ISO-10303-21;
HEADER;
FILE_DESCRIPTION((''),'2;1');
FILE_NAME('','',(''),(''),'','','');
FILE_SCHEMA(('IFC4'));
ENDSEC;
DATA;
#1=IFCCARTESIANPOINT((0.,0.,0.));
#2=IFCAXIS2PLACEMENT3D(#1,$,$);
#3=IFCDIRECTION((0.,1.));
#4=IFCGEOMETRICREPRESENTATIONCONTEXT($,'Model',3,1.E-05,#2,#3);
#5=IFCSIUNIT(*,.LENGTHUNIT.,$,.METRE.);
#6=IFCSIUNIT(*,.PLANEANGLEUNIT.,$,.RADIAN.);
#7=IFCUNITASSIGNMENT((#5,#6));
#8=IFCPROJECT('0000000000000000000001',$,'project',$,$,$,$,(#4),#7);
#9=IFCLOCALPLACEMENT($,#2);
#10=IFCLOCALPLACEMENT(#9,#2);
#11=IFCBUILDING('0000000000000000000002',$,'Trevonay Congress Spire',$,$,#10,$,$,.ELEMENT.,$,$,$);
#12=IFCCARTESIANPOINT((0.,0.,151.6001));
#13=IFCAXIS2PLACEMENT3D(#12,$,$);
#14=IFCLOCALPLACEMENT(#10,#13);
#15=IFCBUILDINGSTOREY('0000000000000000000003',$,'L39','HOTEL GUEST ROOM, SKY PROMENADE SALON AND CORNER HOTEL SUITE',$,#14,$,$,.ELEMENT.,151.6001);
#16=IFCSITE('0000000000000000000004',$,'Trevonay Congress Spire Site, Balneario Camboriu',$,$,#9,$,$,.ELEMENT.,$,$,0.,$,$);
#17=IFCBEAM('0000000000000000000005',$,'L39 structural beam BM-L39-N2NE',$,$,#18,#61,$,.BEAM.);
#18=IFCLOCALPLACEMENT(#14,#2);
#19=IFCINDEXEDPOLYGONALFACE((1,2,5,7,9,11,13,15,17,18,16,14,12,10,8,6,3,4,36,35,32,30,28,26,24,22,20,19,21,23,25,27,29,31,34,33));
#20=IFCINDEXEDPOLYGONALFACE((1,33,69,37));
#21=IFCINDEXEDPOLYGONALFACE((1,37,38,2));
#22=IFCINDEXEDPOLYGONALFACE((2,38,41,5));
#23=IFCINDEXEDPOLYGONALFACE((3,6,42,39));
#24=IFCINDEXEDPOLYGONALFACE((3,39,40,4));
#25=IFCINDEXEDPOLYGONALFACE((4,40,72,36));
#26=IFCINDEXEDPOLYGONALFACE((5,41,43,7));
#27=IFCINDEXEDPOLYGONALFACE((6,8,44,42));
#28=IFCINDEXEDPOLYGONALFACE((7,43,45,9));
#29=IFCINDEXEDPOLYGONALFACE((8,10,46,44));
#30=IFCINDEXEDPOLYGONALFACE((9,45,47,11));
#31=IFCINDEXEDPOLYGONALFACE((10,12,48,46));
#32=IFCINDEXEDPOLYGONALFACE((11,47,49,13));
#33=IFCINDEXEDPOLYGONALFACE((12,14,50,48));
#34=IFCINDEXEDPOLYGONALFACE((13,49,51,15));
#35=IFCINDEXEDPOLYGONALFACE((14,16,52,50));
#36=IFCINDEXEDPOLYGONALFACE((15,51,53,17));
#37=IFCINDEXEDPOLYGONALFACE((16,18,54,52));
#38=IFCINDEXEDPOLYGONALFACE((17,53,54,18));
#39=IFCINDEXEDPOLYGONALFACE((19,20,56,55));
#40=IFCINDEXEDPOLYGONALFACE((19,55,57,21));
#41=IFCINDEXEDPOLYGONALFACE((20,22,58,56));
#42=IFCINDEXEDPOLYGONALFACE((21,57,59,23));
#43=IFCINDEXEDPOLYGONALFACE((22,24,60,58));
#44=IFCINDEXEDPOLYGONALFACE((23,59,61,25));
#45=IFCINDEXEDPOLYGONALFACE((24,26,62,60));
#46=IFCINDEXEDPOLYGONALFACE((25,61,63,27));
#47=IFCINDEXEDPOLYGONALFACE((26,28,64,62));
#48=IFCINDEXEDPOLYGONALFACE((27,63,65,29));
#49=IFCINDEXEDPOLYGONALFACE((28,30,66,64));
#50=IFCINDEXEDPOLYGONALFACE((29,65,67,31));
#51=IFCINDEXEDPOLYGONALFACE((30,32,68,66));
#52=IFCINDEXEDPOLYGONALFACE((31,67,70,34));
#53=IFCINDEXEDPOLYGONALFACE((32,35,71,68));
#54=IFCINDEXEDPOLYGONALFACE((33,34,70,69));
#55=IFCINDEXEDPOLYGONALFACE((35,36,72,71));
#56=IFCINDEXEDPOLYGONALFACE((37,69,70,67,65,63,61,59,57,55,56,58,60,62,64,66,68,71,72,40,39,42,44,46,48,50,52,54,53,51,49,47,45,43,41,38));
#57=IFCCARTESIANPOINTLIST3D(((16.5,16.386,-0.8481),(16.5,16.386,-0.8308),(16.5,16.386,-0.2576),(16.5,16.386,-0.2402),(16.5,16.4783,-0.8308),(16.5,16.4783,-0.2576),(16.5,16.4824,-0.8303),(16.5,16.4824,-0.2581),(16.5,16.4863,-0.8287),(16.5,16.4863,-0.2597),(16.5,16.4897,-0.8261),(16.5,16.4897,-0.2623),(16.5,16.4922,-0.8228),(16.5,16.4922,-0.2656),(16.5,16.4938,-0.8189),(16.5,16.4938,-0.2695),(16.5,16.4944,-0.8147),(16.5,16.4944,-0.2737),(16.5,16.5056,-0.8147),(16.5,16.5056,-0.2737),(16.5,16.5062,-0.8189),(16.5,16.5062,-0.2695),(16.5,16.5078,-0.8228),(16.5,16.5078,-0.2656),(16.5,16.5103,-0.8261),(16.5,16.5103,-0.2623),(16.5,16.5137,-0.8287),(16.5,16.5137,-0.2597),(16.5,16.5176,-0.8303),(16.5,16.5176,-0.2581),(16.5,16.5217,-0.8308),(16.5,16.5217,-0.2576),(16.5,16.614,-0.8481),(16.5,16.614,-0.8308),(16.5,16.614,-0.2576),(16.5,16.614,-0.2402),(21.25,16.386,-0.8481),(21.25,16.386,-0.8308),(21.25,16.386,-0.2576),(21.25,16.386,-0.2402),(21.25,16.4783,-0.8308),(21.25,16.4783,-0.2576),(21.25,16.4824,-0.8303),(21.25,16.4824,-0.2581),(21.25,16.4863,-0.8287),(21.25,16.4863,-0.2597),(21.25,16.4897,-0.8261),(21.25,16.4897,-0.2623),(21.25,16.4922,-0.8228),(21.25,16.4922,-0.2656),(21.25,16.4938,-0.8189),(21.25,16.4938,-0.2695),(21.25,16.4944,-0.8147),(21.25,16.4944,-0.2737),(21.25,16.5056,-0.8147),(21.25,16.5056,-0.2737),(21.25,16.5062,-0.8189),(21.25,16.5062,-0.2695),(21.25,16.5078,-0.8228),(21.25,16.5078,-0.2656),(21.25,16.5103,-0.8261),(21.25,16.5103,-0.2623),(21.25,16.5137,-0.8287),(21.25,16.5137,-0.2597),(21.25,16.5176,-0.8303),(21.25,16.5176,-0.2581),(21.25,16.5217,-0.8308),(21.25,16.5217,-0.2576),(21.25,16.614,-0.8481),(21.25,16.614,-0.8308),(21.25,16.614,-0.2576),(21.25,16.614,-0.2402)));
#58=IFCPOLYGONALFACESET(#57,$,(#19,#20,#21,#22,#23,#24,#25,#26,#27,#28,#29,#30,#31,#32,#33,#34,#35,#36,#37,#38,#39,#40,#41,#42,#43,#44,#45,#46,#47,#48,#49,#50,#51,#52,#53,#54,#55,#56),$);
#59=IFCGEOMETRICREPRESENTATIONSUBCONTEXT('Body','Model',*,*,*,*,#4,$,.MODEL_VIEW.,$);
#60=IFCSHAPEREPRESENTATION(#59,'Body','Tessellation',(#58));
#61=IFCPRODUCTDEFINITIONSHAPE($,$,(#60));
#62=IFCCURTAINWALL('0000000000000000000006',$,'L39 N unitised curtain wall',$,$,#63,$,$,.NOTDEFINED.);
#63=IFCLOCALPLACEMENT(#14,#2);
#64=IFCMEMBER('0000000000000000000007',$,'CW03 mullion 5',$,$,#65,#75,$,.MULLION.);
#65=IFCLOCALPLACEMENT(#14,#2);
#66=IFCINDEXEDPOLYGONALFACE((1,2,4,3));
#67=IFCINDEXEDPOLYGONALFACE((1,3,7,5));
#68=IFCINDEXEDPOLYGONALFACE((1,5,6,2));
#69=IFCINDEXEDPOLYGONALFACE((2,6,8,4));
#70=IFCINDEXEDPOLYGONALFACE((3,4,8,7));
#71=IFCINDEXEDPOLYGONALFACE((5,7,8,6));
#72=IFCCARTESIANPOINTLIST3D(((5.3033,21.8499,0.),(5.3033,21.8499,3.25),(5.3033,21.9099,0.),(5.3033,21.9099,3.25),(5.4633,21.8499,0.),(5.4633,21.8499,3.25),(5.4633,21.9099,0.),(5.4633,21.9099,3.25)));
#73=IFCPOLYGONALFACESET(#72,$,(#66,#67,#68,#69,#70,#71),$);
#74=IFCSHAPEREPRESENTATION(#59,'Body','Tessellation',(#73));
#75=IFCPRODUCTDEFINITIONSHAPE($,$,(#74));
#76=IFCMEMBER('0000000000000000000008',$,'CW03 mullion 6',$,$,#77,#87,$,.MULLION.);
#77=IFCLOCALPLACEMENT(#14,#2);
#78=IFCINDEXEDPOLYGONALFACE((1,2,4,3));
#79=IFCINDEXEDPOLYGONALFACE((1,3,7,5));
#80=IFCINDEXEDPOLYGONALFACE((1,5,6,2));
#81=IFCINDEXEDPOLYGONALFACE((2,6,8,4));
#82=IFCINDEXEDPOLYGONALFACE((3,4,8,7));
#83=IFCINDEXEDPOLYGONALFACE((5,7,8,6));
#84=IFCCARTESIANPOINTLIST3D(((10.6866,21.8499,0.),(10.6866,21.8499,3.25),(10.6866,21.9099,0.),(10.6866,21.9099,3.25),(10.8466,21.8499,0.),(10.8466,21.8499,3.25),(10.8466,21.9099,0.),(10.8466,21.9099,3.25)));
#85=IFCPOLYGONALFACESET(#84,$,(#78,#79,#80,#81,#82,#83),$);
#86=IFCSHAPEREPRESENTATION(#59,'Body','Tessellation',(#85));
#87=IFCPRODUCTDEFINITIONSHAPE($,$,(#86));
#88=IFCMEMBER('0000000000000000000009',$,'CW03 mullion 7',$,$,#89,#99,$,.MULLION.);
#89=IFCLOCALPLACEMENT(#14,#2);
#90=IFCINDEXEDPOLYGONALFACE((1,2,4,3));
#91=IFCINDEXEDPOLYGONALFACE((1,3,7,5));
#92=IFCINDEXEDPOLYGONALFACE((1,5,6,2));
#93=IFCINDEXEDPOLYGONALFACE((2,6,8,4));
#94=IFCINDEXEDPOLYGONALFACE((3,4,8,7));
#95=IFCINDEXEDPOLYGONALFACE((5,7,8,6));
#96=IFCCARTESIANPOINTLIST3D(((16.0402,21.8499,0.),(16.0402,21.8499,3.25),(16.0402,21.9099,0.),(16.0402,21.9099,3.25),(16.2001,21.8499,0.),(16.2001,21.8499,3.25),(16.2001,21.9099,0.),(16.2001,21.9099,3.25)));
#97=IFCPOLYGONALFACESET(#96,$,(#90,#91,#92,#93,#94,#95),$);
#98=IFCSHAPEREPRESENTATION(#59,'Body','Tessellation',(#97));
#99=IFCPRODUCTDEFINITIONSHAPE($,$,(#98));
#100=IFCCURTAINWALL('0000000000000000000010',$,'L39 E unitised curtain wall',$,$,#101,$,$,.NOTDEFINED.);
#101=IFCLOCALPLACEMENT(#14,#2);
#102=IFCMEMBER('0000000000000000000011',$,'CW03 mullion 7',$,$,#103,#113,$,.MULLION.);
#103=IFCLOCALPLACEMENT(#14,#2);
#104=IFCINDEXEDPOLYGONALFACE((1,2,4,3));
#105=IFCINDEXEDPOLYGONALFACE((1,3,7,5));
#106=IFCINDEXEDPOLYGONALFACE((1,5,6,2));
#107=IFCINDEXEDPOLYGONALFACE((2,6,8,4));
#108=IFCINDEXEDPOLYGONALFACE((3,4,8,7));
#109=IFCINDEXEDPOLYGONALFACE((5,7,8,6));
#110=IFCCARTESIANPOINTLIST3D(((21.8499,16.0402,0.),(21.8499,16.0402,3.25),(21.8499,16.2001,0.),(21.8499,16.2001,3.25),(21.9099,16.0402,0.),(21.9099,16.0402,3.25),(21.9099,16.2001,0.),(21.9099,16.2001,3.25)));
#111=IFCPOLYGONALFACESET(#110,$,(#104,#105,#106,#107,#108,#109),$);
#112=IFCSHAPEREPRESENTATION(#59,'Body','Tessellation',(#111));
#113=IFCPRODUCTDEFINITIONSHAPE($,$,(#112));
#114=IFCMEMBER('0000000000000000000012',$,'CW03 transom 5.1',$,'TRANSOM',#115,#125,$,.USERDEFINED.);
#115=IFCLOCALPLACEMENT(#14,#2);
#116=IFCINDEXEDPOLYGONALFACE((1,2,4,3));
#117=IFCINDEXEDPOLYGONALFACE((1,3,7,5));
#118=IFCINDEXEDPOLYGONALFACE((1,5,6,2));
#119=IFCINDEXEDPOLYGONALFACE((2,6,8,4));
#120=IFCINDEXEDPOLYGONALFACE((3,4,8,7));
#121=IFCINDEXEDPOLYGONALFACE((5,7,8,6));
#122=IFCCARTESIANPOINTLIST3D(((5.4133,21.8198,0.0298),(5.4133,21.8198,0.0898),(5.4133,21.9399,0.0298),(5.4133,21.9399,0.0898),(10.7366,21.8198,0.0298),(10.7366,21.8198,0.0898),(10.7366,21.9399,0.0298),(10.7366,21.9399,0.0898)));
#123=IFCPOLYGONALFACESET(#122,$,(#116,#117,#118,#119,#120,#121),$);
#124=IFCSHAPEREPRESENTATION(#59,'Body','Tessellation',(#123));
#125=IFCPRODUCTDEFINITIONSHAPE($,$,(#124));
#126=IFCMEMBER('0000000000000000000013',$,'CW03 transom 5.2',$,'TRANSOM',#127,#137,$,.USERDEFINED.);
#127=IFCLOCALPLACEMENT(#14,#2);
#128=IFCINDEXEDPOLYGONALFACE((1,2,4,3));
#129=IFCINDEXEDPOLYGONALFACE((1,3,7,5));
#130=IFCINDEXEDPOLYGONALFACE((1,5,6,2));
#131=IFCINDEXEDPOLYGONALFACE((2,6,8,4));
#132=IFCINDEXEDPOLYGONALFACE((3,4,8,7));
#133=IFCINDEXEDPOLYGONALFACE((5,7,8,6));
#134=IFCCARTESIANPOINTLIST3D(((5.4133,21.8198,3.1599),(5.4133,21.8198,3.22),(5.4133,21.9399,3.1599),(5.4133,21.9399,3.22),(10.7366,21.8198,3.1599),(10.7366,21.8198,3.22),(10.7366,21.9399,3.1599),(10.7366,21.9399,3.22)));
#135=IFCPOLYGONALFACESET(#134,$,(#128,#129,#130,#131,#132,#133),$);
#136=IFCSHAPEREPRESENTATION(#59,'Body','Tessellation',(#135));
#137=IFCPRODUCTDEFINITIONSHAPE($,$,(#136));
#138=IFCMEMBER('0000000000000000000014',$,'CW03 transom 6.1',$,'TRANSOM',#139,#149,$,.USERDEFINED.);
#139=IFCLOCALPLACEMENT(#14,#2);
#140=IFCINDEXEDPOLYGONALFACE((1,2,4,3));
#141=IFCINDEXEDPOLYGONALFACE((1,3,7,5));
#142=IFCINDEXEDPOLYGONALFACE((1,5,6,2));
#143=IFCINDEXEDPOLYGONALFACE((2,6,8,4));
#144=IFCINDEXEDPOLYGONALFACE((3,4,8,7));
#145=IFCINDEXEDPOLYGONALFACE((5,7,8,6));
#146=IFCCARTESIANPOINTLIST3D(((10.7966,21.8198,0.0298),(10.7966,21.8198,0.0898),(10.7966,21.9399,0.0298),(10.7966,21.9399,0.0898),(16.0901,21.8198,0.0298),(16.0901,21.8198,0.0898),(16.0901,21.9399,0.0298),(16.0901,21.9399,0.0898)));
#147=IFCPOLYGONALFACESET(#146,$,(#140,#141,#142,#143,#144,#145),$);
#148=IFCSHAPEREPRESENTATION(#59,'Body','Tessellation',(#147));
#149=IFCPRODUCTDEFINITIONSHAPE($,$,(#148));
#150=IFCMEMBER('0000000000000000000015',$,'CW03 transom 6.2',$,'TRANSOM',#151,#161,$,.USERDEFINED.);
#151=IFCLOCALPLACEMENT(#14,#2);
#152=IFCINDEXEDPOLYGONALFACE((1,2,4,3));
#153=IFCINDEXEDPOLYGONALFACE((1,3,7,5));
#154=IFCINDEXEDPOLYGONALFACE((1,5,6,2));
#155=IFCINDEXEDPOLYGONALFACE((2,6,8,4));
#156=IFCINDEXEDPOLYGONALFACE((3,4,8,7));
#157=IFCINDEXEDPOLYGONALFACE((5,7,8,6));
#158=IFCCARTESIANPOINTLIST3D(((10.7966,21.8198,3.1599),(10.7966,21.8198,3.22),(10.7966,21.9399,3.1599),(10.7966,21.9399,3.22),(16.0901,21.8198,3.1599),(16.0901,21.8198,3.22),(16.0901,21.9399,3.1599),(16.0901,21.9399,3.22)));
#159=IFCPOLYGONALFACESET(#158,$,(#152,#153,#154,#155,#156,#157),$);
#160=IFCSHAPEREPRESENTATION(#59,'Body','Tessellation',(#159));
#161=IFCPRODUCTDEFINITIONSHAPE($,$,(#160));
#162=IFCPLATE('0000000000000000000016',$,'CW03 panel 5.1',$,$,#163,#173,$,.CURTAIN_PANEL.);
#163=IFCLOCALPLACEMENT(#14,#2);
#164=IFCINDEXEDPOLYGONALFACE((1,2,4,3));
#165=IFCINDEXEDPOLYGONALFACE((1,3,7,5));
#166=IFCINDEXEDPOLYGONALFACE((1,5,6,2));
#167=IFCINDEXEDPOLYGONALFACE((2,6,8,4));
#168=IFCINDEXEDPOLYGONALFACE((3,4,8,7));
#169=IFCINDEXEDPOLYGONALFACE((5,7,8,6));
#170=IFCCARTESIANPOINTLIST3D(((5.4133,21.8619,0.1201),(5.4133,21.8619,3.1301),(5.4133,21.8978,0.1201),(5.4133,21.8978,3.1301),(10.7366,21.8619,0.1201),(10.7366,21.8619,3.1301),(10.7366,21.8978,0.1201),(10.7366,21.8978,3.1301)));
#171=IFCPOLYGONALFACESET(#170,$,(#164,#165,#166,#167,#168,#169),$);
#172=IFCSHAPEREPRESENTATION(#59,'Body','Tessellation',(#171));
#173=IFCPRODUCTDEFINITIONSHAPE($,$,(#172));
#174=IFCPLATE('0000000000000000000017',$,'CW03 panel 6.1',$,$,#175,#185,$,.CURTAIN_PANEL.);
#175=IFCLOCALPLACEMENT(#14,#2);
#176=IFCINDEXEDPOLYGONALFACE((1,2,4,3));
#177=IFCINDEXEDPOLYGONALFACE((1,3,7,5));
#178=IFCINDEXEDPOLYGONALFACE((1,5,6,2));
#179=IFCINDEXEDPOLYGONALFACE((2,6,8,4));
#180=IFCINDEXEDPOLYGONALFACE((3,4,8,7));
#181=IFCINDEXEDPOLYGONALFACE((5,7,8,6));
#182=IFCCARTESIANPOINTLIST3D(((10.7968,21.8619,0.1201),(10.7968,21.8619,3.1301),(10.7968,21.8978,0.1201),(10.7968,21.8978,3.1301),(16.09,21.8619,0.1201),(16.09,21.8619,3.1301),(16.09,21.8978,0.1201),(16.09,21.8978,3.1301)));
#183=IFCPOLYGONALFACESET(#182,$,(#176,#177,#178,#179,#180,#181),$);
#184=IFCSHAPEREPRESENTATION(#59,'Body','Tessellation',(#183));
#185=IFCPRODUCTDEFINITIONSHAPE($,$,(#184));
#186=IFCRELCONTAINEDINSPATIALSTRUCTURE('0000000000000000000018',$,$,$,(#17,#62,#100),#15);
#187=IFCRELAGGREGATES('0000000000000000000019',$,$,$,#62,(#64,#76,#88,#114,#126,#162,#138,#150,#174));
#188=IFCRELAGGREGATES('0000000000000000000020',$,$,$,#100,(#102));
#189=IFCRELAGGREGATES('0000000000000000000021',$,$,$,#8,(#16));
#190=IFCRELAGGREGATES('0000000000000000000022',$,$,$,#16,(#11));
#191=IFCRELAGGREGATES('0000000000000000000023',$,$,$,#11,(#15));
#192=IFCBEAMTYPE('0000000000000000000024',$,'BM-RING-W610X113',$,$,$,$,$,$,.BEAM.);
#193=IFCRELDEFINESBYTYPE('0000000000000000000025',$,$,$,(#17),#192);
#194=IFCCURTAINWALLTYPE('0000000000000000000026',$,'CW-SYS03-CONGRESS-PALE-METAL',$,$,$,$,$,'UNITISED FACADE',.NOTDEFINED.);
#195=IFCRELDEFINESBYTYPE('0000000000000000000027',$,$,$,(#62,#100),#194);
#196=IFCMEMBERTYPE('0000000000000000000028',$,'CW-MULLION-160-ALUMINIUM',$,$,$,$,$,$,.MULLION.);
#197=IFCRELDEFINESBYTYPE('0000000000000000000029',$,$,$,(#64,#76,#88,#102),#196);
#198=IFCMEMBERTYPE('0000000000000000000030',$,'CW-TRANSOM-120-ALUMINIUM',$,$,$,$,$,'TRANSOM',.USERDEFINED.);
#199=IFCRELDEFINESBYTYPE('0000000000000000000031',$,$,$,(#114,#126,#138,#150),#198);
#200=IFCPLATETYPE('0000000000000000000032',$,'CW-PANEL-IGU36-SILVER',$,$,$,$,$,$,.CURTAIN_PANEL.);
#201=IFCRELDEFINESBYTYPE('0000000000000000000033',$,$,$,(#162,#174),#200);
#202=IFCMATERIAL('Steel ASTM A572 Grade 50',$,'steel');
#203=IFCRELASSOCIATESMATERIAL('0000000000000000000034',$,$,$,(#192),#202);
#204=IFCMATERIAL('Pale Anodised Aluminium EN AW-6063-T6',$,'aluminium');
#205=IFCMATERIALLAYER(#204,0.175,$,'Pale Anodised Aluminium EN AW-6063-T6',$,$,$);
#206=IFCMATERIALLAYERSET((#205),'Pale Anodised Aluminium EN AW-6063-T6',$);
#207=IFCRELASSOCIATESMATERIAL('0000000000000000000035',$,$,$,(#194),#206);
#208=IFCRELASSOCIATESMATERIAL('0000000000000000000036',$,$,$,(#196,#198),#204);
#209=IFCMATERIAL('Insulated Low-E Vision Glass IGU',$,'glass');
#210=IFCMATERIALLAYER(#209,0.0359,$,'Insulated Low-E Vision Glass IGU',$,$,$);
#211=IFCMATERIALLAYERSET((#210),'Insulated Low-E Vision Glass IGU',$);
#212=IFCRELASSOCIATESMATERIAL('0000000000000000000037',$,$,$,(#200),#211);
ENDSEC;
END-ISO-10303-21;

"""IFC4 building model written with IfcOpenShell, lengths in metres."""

from ifc_helpers import new_model, si_unit, direction, frame, origin, origin_2d, place, context, subcontext, project, spatial, rectangle, i_section, extrude, material, layer, layer_set, material_profile, profile_set, type_object, element, aggregate, save


model = new_model("IFC4")

# Units and contexts
model_context = context("Model", 3, precision=1e-05, world=origin(), true_north=direction((0.0, 1.0)))
body_context = subcontext(model_context, "Body", "Model", "MODEL_VIEW")
ifc_project = project(units=[si_unit("LENGTHUNIT", "METRE"), si_unit("PLANEANGLEUNIT", "RADIAN")], contexts=[model_context])

# Site, building, storey
site_placement = place(None, origin())
site = spatial("IfcSite", under=ifc_project, at=site_placement, Name="Trevonay Congress Spire Site, Balneario Camboriu", CompositionType="ELEMENT", RefElevation=0.0)
building_placement = place(site_placement, origin())
building = spatial("IfcBuilding", under=site, at=building_placement, Name="Trevonay Congress Spire", CompositionType="ELEMENT")
storey_placement = place(building_placement, frame((0.0, 0.0, 151.6001)))
storey = spatial("IfcBuildingStorey", under=building, at=storey_placement, Name="L39", Description="HOTEL GUEST ROOM, SKY PROMENADE SALON AND CORNER HOTEL SUITE", CompositionType="ELEMENT", Elevation=151.6001)

# Shared definitions
ifc_material_1 = material(Name="Steel ASTM A572 Grade 50", Category="steel")

# Beam
ifc_material_profile_1 = material_profile(ifc_material_1, i_section(OverallWidth=0.228, OverallDepth=0.6079, WebThickness=0.0112, FlangeThickness=0.0173, FilletRadius=0.0161, at=origin_2d()), Name="W610x113")
ifc_profile_set_1 = profile_set([ifc_material_profile_1], Name="Steel ASTM A572 Grade 50")
beam_type = type_object("IfcBeamType", Name="BM-RING-W610X113", PredefinedType="BEAM", material=ifc_profile_set_1)
for number, where, z_axis, x_axis, name in (
    (1, (21.25, 16.5, -0.5442), (-1.0, 0.0, 0.0), (0.0, -1.0, 0.0), "L39 structural beam BM-L39-N2NE"),
):
    element("IfcBeam", number, at=place(storey_placement, frame(where, z_axis=z_axis, x_axis=x_axis)), inside=storey, type_object=beam_type, Name=name, PredefinedType="BEAM", context=body_context, shape_type="SweptSolid", body=[
        extrude(i_section(OverallWidth=0.228, OverallDepth=0.6079, WebThickness=0.0112, FlangeThickness=0.0173, FilletRadius=0.0161, at=origin_2d()), origin(), (0.0, 0.0, 1.0), 4.75),
    ])

# Curtain wall, members
ifc_material_2 = material(Name="Pale Anodised Aluminium EN AW-6063-T6", Category="aluminium")
ifc_layer_1 = layer(ifc_material_2, 0.175, Name="Pale Anodised Aluminium EN AW-6063-T6")
ifc_layer_set_1 = layer_set([ifc_layer_1], Name="Pale Anodised Aluminium EN AW-6063-T6")
curtain_wall_type = type_object("IfcCurtainWallType", Name="CW-SYS03-CONGRESS-PALE-METAL", ElementType="UNITISED FACADE", PredefinedType="NOTDEFINED", material=ifc_layer_set_1)
curtain_wall_1_placement = place(storey_placement, origin())
curtain_wall_1 = element("IfcCurtainWall", 2, at=curtain_wall_1_placement, inside=storey, type_object=curtain_wall_type, Name="L39 N unitised curtain wall", PredefinedType="NOTDEFINED")
ifc_material_profile_2 = material_profile(ifc_material_2, rectangle(XDim=0.0601, YDim=0.1599, at=origin_2d()), Name="CW-MULLION-160-ALUMINIUM")
ifc_profile_set_2 = profile_set([ifc_material_profile_2], Name="Pale Anodised Aluminium EN AW-6063-T6")
member_type_1 = type_object("IfcMemberType", Name="CW-MULLION-160-ALUMINIUM", PredefinedType="MULLION", material=ifc_profile_set_2)
member_1_placement = place(storey_placement, frame((5.3833, 21.8799, 0.0), z_axis=(0.0, 0.0, 1.0), x_axis=(0.0, 1.0, 0.0)))
member_1 = element("IfcMember", 3, at=member_1_placement, type_object=member_type_1, Name="CW03 mullion 5", PredefinedType="MULLION", context=body_context, shape_type="SweptSolid", body=[
    extrude(rectangle(XDim=0.0601, YDim=0.1599, at=origin_2d()), origin(), (0.0, 0.0, 1.0), 3.25),
])
member_2_placement = place(storey_placement, frame((10.7666, 21.8799, 0.0), z_axis=(0.0, 0.0, 1.0), x_axis=(0.0, 1.0, 0.0)))
member_2 = element("IfcMember", 4, at=member_2_placement, type_object=member_type_1, Name="CW03 mullion 6", PredefinedType="MULLION", context=body_context, shape_type="SweptSolid", body=[
    extrude(rectangle(XDim=0.0601, YDim=0.1599, at=origin_2d()), origin(), (0.0, 0.0, 1.0), 3.25),
])
member_3_placement = place(storey_placement, frame((16.1201, 21.8799, 0.0), z_axis=(0.0, 0.0, 1.0), x_axis=(0.0, 1.0, 0.0)))
member_3 = element("IfcMember", 5, at=member_3_placement, type_object=member_type_1, Name="CW03 mullion 7", PredefinedType="MULLION", context=body_context, shape_type="SweptSolid", body=[
    extrude(rectangle(XDim=0.0601, YDim=0.1599, at=origin_2d()), origin(), (0.0, 0.0, 1.0), 3.25),
])

# Curtain wall, member
curtain_wall_2_placement = place(storey_placement, origin())
curtain_wall_2 = element("IfcCurtainWall", 6, at=curtain_wall_2_placement, inside=storey, type_object=curtain_wall_type, Name="L39 E unitised curtain wall", PredefinedType="NOTDEFINED")
member_4_placement = place(storey_placement, frame((21.8799, 16.1201, 0.0), z_axis=(0.0, 0.0, 1.0), x_axis=(-1.0, 0.0, 0.0)))
member_4 = element("IfcMember", 7, at=member_4_placement, type_object=member_type_1, Name="CW03 mullion 7", PredefinedType="MULLION", context=body_context, shape_type="SweptSolid", body=[
    extrude(rectangle(XDim=0.0601, YDim=0.1599, at=origin_2d()), origin(), (0.0, 0.0, 1.0), 3.25),
])

# Members
ifc_material_profile_3 = material_profile(ifc_material_2, rectangle(XDim=0.1201, YDim=0.0601, at=origin_2d()), Name="CW-TRANSOM-120-ALUMINIUM")
ifc_profile_set_3 = profile_set([ifc_material_profile_3], Name="Pale Anodised Aluminium EN AW-6063-T6")
member_type_2 = type_object("IfcMemberType", Name="CW-TRANSOM-120-ALUMINIUM", ElementType="TRANSOM", PredefinedType="USERDEFINED", material=ifc_profile_set_3)
member_5_placement = place(storey_placement, frame((5.4133, 21.8799, 0.0598), z_axis=(1.0, 0.0, 0.0), x_axis=(0.0, 1.0, 0.0)))
member_5 = element("IfcMember", 8, at=member_5_placement, type_object=member_type_2, Name="CW03 transom 5.1", ObjectType="TRANSOM", PredefinedType="USERDEFINED", context=body_context, shape_type="SweptSolid", body=[
    extrude(rectangle(XDim=0.1201, YDim=0.0601, at=origin_2d()), origin(), (0.0, 0.0, 1.0), 5.3232),
])
member_6_placement = place(storey_placement, frame((5.4133, 21.8799, 3.1899), z_axis=(1.0, 0.0, 0.0), x_axis=(0.0, 1.0, 0.0)))
member_6 = element("IfcMember", 9, at=member_6_placement, type_object=member_type_2, Name="CW03 transom 5.2", ObjectType="TRANSOM", PredefinedType="USERDEFINED", context=body_context, shape_type="SweptSolid", body=[
    extrude(rectangle(XDim=0.1201, YDim=0.0601, at=origin_2d()), origin(), (0.0, 0.0, 1.0), 5.3232),
])
member_7_placement = place(storey_placement, frame((10.7966, 21.8799, 0.0598), z_axis=(1.0, 0.0, 0.0), x_axis=(0.0, 1.0, 0.0)))
member_7 = element("IfcMember", 10, at=member_7_placement, type_object=member_type_2, Name="CW03 transom 6.1", ObjectType="TRANSOM", PredefinedType="USERDEFINED", context=body_context, shape_type="SweptSolid", body=[
    extrude(rectangle(XDim=0.1201, YDim=0.0601, at=origin_2d()), origin(), (0.0, 0.0, 1.0), 5.2935),
])
member_8_placement = place(storey_placement, frame((10.7966, 21.8799, 3.1899), z_axis=(1.0, 0.0, 0.0), x_axis=(0.0, 1.0, 0.0)))
member_8 = element("IfcMember", 11, at=member_8_placement, type_object=member_type_2, Name="CW03 transom 6.2", ObjectType="TRANSOM", PredefinedType="USERDEFINED", context=body_context, shape_type="SweptSolid", body=[
    extrude(rectangle(XDim=0.1201, YDim=0.0601, at=origin_2d()), origin(), (0.0, 0.0, 1.0), 5.2935),
])

# Plates
ifc_material_3 = material(Name="Insulated Low-E Vision Glass IGU", Category="glass")
ifc_layer_2 = layer(ifc_material_3, 0.0359, Name="Insulated Low-E Vision Glass IGU")
ifc_layer_set_2 = layer_set([ifc_layer_2], Name="Insulated Low-E Vision Glass IGU")
plate_type = type_object("IfcPlateType", Name="CW-PANEL-IGU36-SILVER", PredefinedType="CURTAIN_PANEL", material=ifc_layer_set_2)
plate_1_placement = place(storey_placement, frame((8.075, 21.8799, 0.1201), z_axis=(0.0, 0.0, 1.0), x_axis=(1.0, 0.0, 0.0)))
plate_1 = element("IfcPlate", 12, at=plate_1_placement, type_object=plate_type, Name="CW03 panel 5.1", PredefinedType="CURTAIN_PANEL", context=body_context, shape_type="SweptSolid", body=[
    extrude(rectangle(XDim=5.3232, YDim=0.0359, at=origin_2d()), origin(), (0.0, 0.0, 1.0), 3.01),
])
plate_2_placement = place(storey_placement, frame((13.4434, 21.8799, 0.1201), z_axis=(0.0, 0.0, 1.0), x_axis=(1.0, 0.0, 0.0)))
plate_2 = element("IfcPlate", 13, at=plate_2_placement, type_object=plate_type, Name="CW03 panel 6.1", PredefinedType="CURTAIN_PANEL", context=body_context, shape_type="SweptSolid", body=[
    extrude(rectangle(XDim=5.2932, YDim=0.0359, at=origin_2d()), origin(), (0.0, 0.0, 1.0), 3.01),
])
aggregate(curtain_wall_1, [member_1, member_2, member_3, member_5, member_6, plate_1, member_7, member_8, plate_2])
aggregate(curtain_wall_2, [member_4])

save(model, "model.ifc")
